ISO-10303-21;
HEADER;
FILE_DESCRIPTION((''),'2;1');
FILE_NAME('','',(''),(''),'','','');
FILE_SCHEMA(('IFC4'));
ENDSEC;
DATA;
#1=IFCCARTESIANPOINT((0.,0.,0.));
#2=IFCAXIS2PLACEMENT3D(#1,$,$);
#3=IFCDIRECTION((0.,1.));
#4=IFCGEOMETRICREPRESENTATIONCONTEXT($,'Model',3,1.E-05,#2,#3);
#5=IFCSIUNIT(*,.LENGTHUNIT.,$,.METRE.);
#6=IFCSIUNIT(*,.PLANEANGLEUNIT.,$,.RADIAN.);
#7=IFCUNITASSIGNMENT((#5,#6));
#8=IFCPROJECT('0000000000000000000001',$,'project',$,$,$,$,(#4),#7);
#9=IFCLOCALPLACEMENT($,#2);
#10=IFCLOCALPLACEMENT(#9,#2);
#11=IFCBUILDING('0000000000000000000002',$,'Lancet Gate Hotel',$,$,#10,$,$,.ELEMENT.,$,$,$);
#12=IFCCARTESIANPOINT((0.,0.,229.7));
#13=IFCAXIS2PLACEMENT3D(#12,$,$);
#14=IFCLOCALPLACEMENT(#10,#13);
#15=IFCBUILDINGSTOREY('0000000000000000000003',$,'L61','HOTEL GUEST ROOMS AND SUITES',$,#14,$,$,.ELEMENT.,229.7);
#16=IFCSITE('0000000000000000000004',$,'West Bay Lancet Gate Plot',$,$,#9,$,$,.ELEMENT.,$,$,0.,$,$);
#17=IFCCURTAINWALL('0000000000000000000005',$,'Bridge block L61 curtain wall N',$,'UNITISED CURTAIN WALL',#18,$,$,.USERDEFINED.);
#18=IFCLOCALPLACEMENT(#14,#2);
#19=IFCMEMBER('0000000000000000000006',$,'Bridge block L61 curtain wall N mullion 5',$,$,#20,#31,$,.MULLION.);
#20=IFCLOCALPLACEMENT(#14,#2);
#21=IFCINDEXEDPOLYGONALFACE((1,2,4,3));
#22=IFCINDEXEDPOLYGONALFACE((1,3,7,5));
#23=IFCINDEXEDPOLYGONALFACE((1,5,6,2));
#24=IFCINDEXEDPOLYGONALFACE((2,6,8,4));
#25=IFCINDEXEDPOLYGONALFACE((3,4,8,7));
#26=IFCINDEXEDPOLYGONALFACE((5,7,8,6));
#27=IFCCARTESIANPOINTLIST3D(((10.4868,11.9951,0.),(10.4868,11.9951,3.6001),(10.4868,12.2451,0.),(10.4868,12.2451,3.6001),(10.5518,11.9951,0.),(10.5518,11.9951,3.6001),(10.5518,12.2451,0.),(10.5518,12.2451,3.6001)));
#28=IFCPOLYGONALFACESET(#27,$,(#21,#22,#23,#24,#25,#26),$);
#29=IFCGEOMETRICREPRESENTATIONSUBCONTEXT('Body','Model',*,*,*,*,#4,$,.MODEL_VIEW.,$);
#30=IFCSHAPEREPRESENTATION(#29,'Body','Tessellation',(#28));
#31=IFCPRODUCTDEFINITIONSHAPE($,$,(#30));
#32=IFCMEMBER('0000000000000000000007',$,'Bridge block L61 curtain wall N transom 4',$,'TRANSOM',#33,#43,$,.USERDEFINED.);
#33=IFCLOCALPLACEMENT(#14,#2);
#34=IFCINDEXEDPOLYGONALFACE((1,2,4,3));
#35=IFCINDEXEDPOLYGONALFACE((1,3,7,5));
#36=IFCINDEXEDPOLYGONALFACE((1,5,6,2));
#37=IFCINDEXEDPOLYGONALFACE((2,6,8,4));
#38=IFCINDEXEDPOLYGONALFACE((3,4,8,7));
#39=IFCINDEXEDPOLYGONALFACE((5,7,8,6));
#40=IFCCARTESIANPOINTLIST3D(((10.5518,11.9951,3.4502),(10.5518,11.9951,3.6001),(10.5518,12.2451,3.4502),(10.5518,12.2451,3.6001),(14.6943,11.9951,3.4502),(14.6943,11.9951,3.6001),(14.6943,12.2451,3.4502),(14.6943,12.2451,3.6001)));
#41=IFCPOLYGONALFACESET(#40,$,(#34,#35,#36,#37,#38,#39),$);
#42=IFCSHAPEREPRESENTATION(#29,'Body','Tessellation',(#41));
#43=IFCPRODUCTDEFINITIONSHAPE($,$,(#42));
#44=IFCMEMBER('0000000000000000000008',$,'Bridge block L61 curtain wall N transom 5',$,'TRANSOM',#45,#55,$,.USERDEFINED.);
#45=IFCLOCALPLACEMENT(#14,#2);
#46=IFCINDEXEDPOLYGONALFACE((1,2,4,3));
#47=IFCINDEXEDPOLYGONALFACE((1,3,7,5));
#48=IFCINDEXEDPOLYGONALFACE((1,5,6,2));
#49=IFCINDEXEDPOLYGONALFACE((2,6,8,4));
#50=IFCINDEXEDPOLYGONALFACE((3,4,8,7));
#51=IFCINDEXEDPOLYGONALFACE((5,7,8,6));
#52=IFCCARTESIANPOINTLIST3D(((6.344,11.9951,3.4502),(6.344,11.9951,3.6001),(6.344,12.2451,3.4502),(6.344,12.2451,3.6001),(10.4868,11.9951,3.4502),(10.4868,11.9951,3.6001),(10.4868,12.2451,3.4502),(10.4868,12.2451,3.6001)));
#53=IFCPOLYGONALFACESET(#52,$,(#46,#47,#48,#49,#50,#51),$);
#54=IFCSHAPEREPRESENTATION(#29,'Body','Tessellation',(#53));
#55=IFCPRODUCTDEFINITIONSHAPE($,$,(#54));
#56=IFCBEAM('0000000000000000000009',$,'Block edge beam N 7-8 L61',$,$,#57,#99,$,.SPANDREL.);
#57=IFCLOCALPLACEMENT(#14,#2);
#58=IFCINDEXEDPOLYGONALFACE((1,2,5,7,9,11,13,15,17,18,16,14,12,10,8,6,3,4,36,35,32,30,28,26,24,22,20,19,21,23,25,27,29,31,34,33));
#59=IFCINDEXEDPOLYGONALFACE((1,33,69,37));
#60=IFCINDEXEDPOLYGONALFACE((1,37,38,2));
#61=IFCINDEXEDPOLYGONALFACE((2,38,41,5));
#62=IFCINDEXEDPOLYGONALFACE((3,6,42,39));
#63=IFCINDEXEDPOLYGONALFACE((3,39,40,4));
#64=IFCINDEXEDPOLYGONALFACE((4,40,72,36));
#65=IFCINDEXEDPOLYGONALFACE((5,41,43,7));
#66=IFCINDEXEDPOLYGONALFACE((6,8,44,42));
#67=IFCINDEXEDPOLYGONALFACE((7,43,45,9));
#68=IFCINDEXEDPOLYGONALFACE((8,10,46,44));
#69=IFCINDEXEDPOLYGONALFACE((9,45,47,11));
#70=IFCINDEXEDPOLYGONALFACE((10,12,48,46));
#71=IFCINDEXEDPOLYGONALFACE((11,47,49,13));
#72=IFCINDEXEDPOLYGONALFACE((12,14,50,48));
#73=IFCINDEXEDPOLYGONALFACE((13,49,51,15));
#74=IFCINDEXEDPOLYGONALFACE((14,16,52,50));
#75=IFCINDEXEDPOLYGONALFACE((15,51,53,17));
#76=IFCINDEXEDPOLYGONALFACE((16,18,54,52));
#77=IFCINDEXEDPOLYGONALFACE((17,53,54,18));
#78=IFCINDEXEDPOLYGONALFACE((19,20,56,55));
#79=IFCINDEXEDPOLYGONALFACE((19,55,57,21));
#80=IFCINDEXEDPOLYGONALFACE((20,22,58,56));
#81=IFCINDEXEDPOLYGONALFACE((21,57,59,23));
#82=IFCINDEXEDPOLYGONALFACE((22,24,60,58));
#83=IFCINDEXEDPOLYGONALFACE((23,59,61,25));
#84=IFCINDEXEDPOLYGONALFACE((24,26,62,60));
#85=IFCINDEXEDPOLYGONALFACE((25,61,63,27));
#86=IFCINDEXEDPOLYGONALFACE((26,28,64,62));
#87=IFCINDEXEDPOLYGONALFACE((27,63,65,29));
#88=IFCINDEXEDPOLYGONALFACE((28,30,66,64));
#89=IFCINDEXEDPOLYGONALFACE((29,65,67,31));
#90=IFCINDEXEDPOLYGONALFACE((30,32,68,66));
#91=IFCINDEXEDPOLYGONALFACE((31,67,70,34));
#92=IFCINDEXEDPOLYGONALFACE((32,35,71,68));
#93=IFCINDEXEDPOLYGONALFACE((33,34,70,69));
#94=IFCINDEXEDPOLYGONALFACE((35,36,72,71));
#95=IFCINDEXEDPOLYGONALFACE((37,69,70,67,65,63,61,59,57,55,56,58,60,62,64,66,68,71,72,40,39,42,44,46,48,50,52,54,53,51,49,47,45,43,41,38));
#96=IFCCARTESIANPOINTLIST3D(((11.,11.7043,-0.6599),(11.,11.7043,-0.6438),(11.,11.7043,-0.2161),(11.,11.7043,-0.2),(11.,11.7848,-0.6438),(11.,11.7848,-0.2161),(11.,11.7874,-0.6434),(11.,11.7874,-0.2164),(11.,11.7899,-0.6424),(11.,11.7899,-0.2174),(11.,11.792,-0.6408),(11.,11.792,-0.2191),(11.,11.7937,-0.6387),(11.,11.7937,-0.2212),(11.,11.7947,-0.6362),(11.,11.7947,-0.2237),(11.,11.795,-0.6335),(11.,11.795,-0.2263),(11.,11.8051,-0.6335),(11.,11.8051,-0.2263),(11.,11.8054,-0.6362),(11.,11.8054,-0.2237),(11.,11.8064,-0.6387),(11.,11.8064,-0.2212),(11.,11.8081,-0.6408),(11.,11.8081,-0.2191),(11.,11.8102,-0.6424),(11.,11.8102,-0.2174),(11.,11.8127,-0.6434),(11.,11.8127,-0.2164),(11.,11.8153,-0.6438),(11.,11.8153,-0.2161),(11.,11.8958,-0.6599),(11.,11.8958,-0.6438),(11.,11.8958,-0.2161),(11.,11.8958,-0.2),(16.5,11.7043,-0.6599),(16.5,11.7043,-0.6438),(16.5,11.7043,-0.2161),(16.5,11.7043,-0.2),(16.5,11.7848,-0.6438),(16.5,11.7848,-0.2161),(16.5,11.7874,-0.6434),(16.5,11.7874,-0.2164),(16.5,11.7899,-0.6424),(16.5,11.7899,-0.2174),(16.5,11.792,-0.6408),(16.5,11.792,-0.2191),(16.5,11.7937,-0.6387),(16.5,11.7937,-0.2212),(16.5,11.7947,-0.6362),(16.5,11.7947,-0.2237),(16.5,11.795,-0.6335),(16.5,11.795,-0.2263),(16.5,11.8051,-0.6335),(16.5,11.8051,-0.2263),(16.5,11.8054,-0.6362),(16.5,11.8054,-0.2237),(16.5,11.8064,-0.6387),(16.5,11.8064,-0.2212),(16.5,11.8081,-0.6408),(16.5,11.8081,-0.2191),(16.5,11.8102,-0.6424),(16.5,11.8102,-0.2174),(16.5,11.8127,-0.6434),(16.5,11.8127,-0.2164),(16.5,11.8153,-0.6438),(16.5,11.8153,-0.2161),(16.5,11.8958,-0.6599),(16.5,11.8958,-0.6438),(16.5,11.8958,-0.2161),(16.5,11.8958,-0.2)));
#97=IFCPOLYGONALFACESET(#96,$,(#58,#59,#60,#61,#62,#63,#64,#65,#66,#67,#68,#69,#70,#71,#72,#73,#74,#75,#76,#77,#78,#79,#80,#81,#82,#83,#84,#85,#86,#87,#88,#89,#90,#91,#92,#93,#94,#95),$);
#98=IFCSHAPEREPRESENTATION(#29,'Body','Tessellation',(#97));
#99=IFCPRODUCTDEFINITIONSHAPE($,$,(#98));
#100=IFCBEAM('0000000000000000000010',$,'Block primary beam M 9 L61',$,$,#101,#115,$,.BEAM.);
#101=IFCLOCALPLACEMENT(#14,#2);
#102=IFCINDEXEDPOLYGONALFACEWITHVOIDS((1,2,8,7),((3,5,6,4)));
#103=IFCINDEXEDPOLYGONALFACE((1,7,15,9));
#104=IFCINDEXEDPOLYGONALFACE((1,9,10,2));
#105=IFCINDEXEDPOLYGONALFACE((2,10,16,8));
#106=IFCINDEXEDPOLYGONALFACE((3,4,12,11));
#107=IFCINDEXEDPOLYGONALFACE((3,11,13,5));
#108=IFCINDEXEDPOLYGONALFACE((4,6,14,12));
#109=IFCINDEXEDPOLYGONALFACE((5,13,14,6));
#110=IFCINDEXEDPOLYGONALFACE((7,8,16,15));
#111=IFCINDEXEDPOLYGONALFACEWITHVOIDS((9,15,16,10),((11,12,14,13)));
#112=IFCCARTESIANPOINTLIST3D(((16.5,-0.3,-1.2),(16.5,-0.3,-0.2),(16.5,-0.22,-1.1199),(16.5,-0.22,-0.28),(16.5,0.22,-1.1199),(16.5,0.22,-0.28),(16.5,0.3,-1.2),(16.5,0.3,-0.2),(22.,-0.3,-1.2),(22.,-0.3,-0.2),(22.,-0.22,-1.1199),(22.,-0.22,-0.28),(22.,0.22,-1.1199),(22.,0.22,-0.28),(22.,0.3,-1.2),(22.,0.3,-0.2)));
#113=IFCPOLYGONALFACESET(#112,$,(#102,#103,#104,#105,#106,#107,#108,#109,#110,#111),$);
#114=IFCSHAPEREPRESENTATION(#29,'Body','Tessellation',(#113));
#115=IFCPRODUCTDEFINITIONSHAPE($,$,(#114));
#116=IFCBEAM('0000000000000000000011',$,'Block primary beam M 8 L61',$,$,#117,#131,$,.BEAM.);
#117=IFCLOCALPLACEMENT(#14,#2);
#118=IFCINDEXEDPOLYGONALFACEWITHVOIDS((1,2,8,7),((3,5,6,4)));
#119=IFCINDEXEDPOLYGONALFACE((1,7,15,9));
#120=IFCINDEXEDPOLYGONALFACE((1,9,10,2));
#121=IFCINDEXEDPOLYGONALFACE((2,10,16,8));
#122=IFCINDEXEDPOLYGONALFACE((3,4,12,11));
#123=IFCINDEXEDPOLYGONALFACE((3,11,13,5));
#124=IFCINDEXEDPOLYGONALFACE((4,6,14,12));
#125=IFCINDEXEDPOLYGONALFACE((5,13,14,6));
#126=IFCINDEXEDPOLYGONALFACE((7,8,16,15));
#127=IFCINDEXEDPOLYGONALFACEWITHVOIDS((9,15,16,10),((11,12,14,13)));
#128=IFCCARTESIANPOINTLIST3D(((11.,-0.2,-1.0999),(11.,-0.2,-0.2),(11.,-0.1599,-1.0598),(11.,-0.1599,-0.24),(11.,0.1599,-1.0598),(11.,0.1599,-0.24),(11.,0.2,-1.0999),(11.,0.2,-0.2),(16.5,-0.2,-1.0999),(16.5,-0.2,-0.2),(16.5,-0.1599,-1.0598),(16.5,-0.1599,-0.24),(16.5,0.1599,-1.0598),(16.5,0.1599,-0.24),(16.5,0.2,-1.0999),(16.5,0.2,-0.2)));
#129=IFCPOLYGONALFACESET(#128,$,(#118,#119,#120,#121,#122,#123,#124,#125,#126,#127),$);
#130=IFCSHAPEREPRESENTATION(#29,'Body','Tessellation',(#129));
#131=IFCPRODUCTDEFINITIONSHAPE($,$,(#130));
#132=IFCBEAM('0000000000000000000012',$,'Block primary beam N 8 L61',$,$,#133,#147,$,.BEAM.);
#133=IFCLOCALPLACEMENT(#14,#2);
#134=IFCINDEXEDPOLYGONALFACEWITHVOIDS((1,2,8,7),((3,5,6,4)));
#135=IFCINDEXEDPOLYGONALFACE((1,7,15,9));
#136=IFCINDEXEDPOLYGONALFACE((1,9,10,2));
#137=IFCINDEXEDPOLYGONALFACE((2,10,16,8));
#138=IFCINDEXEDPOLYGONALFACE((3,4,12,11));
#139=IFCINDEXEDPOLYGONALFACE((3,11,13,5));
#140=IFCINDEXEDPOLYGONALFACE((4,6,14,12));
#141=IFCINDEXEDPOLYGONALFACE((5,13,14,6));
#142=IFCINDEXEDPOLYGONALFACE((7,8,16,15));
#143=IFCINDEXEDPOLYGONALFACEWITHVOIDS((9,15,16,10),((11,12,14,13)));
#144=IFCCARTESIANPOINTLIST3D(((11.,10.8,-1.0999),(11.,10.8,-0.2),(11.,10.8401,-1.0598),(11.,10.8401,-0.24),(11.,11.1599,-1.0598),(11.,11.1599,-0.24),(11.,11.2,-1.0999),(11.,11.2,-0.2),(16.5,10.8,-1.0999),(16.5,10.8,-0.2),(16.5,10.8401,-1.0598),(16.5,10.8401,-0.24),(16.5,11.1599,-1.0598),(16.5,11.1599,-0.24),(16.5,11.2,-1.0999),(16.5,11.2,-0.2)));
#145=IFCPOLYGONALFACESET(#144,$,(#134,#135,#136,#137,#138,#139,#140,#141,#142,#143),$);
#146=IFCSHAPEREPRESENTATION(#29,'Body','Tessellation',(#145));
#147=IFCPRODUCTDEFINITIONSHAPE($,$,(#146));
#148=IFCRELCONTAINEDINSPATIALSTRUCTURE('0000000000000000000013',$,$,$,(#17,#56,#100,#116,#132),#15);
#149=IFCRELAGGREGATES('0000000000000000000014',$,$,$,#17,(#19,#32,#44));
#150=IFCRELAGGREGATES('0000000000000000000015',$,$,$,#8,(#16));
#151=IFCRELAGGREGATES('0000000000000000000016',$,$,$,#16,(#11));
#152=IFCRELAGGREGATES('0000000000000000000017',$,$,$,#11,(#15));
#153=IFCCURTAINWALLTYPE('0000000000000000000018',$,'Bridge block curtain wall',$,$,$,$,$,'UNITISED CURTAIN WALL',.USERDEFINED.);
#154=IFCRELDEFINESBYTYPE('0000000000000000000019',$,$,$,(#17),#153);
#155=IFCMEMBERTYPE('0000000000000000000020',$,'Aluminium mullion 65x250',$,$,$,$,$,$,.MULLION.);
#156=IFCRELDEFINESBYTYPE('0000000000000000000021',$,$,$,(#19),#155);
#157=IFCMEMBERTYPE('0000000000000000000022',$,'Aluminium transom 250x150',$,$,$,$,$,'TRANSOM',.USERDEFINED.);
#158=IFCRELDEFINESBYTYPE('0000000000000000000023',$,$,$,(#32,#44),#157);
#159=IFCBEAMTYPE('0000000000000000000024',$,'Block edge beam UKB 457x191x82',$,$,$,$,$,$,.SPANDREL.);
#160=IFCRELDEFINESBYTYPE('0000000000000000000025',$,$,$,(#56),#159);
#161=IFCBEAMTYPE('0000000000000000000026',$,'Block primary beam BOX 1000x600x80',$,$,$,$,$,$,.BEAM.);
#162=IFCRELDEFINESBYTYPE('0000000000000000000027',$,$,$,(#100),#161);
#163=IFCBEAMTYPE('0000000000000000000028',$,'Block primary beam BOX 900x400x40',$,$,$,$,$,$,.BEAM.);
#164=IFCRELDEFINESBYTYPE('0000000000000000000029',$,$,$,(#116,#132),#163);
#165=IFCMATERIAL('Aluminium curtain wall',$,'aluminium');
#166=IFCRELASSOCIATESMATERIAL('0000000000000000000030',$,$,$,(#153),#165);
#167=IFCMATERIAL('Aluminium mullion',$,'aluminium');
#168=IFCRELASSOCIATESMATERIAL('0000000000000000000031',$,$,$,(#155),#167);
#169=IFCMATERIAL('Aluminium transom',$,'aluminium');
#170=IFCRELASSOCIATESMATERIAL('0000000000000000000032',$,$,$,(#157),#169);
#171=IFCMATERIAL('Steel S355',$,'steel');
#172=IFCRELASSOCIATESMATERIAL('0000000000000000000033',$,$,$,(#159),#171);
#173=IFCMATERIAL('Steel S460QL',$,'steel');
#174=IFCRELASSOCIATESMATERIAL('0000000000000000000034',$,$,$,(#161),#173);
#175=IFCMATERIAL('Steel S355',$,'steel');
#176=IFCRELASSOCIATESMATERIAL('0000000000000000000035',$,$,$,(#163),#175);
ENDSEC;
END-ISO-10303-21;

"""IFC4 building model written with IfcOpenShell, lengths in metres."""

from ifc_helpers import new_model, si_unit, direction, frame, origin, origin_2d, place, context, subcontext, project, spatial, rectangle, hollow_rectangle, i_section, extrude, material, material_profile, profile_set, type_object, element, aggregate, save


model = new_model("IFC4")

# Units and contexts
model_context = context("Model", 3, precision=1e-05, world=origin(), true_north=direction((0.0, 1.0)))
body_context = subcontext(model_context, "Body", "Model", "MODEL_VIEW")
ifc_project = project(units=[si_unit("LENGTHUNIT", "METRE"), si_unit("PLANEANGLEUNIT", "RADIAN")], contexts=[model_context])

# Site, building, storey
site_placement = place(None, origin())
site = spatial("IfcSite", under=ifc_project, at=site_placement, Name="West Bay Lancet Gate Plot", CompositionType="ELEMENT", RefElevation=0.0)
building_placement = place(site_placement, origin())
building = spatial("IfcBuilding", under=site, at=building_placement, Name="Lancet Gate Hotel", CompositionType="ELEMENT")
storey_placement = place(building_placement, frame((0.0, 0.0, 229.7)))
storey = spatial("IfcBuildingStorey", under=building, at=storey_placement, Name="L61", Description="HOTEL GUEST ROOMS AND SUITES", CompositionType="ELEMENT", Elevation=229.7)

# Curtain wall, members
ifc_material_1 = material(Name="Aluminium curtain wall", Category="aluminium")
curtain_wall_type = type_object("IfcCurtainWallType", Name="Bridge block curtain wall", ElementType="UNITISED CURTAIN WALL", PredefinedType="USERDEFINED", material=ifc_material_1)
curtain_wall_placement = place(storey_placement, origin())
curtain_wall = element("IfcCurtainWall", 1, at=curtain_wall_placement, inside=storey, type_object=curtain_wall_type, Name="Bridge block L61 curtain wall N", ObjectType="UNITISED CURTAIN WALL", PredefinedType="USERDEFINED")
ifc_material_2 = material(Name="Aluminium mullion", Category="aluminium")
ifc_material_profile_1 = material_profile(ifc_material_2, rectangle(XDim=0.0649, YDim=0.25, at=origin_2d()), Name="MULLION 65x250")
ifc_profile_set_1 = profile_set([ifc_material_profile_1], Name="Aluminium mullion")
member_type_1 = type_object("IfcMemberType", Name="Aluminium mullion 65x250", PredefinedType="MULLION", material=ifc_profile_set_1)
member_1_placement = place(storey_placement, frame((10.5193, 12.1201, 0.0), z_axis=(0.0, 0.0, 1.0), x_axis=(-1.0, 0.0, 0.0)))
member_1 = element("IfcMember", 2, at=member_1_placement, type_object=member_type_1, Name="Bridge block L61 curtain wall N mullion 5", PredefinedType="MULLION", context=body_context, shape_type="SweptSolid", body=[
    extrude(rectangle(XDim=0.0649, YDim=0.25, at=origin_2d()), origin(), (0.0, 0.0, 1.0), 3.6001),
])
ifc_material_3 = material(Name="Aluminium transom", Category="aluminium")
ifc_material_profile_2 = material_profile(ifc_material_3, rectangle(XDim=0.25, YDim=0.1499, at=origin_2d()), Name="TRANSOM 250x150")
ifc_profile_set_2 = profile_set([ifc_material_profile_2], Name="Aluminium transom")
member_type_2 = type_object("IfcMemberType", Name="Aluminium transom 250x150", ElementType="TRANSOM", PredefinedType="USERDEFINED", material=ifc_profile_set_2)
member_2_placement = place(storey_placement, frame((14.6943, 12.1201, 3.5251), z_axis=(-1.0, 0.0, 0.0), x_axis=(0.0, -1.0, 0.0)))
member_2 = element("IfcMember", 3, at=member_2_placement, type_object=member_type_2, Name="Bridge block L61 curtain wall N transom 4", ObjectType="TRANSOM", PredefinedType="USERDEFINED", context=body_context, shape_type="SweptSolid", body=[
    extrude(rectangle(XDim=0.25, YDim=0.1499, at=origin_2d()), origin(), (0.0, 0.0, 1.0), 4.1426),
])
member_3_placement = place(storey_placement, frame((10.4868, 12.1201, 3.5251), z_axis=(-1.0, 0.0, 0.0), x_axis=(0.0, -1.0, 0.0)))
member_3 = element("IfcMember", 4, at=member_3_placement, type_object=member_type_2, Name="Bridge block L61 curtain wall N transom 5", ObjectType="TRANSOM", PredefinedType="USERDEFINED", context=body_context, shape_type="SweptSolid", body=[
    extrude(rectangle(XDim=0.25, YDim=0.1499, at=origin_2d()), origin(), (0.0, 0.0, 1.0), 4.1428),
])

# Beams
ifc_material_4 = material(Name="Steel S355", Category="steel")
ifc_material_profile_3 = material_profile(ifc_material_4, i_section(OverallWidth=0.1914, OverallDepth=0.46, WebThickness=0.01, FlangeThickness=0.0161, FilletRadius=0.0103, at=origin_2d()), Name="UKB 457x191x82")
ifc_profile_set_3 = profile_set([ifc_material_profile_3], Name="Steel S355")
beam_type_1 = type_object("IfcBeamType", Name="Block edge beam UKB 457x191x82", PredefinedType="SPANDREL", material=ifc_profile_set_3)
beam_1_placement = place(storey_placement, frame((11.0, 11.8, -0.4299), z_axis=(1.0, 0.0, 0.0), x_axis=(0.0, 1.0, 0.0)))
element("IfcBeam", 5, at=beam_1_placement, inside=storey, type_object=beam_type_1, Name="Block edge beam N 7-8 L61", PredefinedType="SPANDREL", context=body_context, shape_type="SweptSolid", body=[
    extrude(i_section(OverallWidth=0.1914, OverallDepth=0.46, WebThickness=0.01, FlangeThickness=0.0161, FilletRadius=0.0103, at=origin_2d()), origin(), (0.0, 0.0, 1.0), 5.5),
])
ifc_material_5 = material(Name="Steel S460QL", Category="steel")
ifc_material_profile_4 = material_profile(ifc_material_5, hollow_rectangle(XDim=0.6001, YDim=1.0, WallThickness=0.0801, at=origin_2d()), Name="BOX 1000x600x80")
ifc_profile_set_4 = profile_set([ifc_material_profile_4], Name="Steel S460QL")
beam_type_2 = type_object("IfcBeamType", Name="Block primary beam BOX 1000x600x80", PredefinedType="BEAM", material=ifc_profile_set_4)
beam_2_placement = place(storey_placement, frame((16.5, 0.0, -0.7), z_axis=(1.0, 0.0, 0.0), x_axis=(0.0, 1.0, 0.0)))
element("IfcBeam", 6, at=beam_2_placement, inside=storey, type_object=beam_type_2, Name="Block primary beam M 9 L61", PredefinedType="BEAM", context=body_context, shape_type="SweptSolid", body=[
    extrude(hollow_rectangle(XDim=0.6001, YDim=1.0, WallThickness=0.0801, at=origin_2d()), origin(), (0.0, 0.0, 1.0), 5.5),
])
ifc_material_6 = material(Name="Steel S355", Category="steel")
ifc_material_profile_5 = material_profile(ifc_material_6, hollow_rectangle(XDim=0.3999, YDim=0.8999, WallThickness=0.04, at=origin_2d()), Name="BOX 900x400x40")
ifc_profile_set_5 = profile_set([ifc_material_profile_5], Name="Steel S355")
beam_type_3 = type_object("IfcBeamType", Name="Block primary beam BOX 900x400x40", PredefinedType="BEAM", material=ifc_profile_set_5)
for number, where, z_axis, x_axis, name in (
    (7, (11.0, 0.0, -0.6499), (1.0, 0.0, 0.0), (0.0, 1.0, 0.0), "Block primary beam M 8 L61"),
    (8, (11.0, 11.0, -0.6499), (1.0, 0.0, 0.0), (0.0, 1.0, 0.0), "Block primary beam N 8 L61"),
):
    element("IfcBeam", number, at=place(storey_placement, frame(where, z_axis=z_axis, x_axis=x_axis)), inside=storey, type_object=beam_type_3, Name=name, PredefinedType="BEAM", context=body_context, shape_type="SweptSolid", body=[
        extrude(hollow_rectangle(XDim=0.3999, YDim=0.8999, WallThickness=0.04, at=origin_2d()), origin(), (0.0, 0.0, 1.0), 5.5),
    ])

aggregate(curtain_wall, [member_1, member_2, member_3])

save(model, "model.ifc")
